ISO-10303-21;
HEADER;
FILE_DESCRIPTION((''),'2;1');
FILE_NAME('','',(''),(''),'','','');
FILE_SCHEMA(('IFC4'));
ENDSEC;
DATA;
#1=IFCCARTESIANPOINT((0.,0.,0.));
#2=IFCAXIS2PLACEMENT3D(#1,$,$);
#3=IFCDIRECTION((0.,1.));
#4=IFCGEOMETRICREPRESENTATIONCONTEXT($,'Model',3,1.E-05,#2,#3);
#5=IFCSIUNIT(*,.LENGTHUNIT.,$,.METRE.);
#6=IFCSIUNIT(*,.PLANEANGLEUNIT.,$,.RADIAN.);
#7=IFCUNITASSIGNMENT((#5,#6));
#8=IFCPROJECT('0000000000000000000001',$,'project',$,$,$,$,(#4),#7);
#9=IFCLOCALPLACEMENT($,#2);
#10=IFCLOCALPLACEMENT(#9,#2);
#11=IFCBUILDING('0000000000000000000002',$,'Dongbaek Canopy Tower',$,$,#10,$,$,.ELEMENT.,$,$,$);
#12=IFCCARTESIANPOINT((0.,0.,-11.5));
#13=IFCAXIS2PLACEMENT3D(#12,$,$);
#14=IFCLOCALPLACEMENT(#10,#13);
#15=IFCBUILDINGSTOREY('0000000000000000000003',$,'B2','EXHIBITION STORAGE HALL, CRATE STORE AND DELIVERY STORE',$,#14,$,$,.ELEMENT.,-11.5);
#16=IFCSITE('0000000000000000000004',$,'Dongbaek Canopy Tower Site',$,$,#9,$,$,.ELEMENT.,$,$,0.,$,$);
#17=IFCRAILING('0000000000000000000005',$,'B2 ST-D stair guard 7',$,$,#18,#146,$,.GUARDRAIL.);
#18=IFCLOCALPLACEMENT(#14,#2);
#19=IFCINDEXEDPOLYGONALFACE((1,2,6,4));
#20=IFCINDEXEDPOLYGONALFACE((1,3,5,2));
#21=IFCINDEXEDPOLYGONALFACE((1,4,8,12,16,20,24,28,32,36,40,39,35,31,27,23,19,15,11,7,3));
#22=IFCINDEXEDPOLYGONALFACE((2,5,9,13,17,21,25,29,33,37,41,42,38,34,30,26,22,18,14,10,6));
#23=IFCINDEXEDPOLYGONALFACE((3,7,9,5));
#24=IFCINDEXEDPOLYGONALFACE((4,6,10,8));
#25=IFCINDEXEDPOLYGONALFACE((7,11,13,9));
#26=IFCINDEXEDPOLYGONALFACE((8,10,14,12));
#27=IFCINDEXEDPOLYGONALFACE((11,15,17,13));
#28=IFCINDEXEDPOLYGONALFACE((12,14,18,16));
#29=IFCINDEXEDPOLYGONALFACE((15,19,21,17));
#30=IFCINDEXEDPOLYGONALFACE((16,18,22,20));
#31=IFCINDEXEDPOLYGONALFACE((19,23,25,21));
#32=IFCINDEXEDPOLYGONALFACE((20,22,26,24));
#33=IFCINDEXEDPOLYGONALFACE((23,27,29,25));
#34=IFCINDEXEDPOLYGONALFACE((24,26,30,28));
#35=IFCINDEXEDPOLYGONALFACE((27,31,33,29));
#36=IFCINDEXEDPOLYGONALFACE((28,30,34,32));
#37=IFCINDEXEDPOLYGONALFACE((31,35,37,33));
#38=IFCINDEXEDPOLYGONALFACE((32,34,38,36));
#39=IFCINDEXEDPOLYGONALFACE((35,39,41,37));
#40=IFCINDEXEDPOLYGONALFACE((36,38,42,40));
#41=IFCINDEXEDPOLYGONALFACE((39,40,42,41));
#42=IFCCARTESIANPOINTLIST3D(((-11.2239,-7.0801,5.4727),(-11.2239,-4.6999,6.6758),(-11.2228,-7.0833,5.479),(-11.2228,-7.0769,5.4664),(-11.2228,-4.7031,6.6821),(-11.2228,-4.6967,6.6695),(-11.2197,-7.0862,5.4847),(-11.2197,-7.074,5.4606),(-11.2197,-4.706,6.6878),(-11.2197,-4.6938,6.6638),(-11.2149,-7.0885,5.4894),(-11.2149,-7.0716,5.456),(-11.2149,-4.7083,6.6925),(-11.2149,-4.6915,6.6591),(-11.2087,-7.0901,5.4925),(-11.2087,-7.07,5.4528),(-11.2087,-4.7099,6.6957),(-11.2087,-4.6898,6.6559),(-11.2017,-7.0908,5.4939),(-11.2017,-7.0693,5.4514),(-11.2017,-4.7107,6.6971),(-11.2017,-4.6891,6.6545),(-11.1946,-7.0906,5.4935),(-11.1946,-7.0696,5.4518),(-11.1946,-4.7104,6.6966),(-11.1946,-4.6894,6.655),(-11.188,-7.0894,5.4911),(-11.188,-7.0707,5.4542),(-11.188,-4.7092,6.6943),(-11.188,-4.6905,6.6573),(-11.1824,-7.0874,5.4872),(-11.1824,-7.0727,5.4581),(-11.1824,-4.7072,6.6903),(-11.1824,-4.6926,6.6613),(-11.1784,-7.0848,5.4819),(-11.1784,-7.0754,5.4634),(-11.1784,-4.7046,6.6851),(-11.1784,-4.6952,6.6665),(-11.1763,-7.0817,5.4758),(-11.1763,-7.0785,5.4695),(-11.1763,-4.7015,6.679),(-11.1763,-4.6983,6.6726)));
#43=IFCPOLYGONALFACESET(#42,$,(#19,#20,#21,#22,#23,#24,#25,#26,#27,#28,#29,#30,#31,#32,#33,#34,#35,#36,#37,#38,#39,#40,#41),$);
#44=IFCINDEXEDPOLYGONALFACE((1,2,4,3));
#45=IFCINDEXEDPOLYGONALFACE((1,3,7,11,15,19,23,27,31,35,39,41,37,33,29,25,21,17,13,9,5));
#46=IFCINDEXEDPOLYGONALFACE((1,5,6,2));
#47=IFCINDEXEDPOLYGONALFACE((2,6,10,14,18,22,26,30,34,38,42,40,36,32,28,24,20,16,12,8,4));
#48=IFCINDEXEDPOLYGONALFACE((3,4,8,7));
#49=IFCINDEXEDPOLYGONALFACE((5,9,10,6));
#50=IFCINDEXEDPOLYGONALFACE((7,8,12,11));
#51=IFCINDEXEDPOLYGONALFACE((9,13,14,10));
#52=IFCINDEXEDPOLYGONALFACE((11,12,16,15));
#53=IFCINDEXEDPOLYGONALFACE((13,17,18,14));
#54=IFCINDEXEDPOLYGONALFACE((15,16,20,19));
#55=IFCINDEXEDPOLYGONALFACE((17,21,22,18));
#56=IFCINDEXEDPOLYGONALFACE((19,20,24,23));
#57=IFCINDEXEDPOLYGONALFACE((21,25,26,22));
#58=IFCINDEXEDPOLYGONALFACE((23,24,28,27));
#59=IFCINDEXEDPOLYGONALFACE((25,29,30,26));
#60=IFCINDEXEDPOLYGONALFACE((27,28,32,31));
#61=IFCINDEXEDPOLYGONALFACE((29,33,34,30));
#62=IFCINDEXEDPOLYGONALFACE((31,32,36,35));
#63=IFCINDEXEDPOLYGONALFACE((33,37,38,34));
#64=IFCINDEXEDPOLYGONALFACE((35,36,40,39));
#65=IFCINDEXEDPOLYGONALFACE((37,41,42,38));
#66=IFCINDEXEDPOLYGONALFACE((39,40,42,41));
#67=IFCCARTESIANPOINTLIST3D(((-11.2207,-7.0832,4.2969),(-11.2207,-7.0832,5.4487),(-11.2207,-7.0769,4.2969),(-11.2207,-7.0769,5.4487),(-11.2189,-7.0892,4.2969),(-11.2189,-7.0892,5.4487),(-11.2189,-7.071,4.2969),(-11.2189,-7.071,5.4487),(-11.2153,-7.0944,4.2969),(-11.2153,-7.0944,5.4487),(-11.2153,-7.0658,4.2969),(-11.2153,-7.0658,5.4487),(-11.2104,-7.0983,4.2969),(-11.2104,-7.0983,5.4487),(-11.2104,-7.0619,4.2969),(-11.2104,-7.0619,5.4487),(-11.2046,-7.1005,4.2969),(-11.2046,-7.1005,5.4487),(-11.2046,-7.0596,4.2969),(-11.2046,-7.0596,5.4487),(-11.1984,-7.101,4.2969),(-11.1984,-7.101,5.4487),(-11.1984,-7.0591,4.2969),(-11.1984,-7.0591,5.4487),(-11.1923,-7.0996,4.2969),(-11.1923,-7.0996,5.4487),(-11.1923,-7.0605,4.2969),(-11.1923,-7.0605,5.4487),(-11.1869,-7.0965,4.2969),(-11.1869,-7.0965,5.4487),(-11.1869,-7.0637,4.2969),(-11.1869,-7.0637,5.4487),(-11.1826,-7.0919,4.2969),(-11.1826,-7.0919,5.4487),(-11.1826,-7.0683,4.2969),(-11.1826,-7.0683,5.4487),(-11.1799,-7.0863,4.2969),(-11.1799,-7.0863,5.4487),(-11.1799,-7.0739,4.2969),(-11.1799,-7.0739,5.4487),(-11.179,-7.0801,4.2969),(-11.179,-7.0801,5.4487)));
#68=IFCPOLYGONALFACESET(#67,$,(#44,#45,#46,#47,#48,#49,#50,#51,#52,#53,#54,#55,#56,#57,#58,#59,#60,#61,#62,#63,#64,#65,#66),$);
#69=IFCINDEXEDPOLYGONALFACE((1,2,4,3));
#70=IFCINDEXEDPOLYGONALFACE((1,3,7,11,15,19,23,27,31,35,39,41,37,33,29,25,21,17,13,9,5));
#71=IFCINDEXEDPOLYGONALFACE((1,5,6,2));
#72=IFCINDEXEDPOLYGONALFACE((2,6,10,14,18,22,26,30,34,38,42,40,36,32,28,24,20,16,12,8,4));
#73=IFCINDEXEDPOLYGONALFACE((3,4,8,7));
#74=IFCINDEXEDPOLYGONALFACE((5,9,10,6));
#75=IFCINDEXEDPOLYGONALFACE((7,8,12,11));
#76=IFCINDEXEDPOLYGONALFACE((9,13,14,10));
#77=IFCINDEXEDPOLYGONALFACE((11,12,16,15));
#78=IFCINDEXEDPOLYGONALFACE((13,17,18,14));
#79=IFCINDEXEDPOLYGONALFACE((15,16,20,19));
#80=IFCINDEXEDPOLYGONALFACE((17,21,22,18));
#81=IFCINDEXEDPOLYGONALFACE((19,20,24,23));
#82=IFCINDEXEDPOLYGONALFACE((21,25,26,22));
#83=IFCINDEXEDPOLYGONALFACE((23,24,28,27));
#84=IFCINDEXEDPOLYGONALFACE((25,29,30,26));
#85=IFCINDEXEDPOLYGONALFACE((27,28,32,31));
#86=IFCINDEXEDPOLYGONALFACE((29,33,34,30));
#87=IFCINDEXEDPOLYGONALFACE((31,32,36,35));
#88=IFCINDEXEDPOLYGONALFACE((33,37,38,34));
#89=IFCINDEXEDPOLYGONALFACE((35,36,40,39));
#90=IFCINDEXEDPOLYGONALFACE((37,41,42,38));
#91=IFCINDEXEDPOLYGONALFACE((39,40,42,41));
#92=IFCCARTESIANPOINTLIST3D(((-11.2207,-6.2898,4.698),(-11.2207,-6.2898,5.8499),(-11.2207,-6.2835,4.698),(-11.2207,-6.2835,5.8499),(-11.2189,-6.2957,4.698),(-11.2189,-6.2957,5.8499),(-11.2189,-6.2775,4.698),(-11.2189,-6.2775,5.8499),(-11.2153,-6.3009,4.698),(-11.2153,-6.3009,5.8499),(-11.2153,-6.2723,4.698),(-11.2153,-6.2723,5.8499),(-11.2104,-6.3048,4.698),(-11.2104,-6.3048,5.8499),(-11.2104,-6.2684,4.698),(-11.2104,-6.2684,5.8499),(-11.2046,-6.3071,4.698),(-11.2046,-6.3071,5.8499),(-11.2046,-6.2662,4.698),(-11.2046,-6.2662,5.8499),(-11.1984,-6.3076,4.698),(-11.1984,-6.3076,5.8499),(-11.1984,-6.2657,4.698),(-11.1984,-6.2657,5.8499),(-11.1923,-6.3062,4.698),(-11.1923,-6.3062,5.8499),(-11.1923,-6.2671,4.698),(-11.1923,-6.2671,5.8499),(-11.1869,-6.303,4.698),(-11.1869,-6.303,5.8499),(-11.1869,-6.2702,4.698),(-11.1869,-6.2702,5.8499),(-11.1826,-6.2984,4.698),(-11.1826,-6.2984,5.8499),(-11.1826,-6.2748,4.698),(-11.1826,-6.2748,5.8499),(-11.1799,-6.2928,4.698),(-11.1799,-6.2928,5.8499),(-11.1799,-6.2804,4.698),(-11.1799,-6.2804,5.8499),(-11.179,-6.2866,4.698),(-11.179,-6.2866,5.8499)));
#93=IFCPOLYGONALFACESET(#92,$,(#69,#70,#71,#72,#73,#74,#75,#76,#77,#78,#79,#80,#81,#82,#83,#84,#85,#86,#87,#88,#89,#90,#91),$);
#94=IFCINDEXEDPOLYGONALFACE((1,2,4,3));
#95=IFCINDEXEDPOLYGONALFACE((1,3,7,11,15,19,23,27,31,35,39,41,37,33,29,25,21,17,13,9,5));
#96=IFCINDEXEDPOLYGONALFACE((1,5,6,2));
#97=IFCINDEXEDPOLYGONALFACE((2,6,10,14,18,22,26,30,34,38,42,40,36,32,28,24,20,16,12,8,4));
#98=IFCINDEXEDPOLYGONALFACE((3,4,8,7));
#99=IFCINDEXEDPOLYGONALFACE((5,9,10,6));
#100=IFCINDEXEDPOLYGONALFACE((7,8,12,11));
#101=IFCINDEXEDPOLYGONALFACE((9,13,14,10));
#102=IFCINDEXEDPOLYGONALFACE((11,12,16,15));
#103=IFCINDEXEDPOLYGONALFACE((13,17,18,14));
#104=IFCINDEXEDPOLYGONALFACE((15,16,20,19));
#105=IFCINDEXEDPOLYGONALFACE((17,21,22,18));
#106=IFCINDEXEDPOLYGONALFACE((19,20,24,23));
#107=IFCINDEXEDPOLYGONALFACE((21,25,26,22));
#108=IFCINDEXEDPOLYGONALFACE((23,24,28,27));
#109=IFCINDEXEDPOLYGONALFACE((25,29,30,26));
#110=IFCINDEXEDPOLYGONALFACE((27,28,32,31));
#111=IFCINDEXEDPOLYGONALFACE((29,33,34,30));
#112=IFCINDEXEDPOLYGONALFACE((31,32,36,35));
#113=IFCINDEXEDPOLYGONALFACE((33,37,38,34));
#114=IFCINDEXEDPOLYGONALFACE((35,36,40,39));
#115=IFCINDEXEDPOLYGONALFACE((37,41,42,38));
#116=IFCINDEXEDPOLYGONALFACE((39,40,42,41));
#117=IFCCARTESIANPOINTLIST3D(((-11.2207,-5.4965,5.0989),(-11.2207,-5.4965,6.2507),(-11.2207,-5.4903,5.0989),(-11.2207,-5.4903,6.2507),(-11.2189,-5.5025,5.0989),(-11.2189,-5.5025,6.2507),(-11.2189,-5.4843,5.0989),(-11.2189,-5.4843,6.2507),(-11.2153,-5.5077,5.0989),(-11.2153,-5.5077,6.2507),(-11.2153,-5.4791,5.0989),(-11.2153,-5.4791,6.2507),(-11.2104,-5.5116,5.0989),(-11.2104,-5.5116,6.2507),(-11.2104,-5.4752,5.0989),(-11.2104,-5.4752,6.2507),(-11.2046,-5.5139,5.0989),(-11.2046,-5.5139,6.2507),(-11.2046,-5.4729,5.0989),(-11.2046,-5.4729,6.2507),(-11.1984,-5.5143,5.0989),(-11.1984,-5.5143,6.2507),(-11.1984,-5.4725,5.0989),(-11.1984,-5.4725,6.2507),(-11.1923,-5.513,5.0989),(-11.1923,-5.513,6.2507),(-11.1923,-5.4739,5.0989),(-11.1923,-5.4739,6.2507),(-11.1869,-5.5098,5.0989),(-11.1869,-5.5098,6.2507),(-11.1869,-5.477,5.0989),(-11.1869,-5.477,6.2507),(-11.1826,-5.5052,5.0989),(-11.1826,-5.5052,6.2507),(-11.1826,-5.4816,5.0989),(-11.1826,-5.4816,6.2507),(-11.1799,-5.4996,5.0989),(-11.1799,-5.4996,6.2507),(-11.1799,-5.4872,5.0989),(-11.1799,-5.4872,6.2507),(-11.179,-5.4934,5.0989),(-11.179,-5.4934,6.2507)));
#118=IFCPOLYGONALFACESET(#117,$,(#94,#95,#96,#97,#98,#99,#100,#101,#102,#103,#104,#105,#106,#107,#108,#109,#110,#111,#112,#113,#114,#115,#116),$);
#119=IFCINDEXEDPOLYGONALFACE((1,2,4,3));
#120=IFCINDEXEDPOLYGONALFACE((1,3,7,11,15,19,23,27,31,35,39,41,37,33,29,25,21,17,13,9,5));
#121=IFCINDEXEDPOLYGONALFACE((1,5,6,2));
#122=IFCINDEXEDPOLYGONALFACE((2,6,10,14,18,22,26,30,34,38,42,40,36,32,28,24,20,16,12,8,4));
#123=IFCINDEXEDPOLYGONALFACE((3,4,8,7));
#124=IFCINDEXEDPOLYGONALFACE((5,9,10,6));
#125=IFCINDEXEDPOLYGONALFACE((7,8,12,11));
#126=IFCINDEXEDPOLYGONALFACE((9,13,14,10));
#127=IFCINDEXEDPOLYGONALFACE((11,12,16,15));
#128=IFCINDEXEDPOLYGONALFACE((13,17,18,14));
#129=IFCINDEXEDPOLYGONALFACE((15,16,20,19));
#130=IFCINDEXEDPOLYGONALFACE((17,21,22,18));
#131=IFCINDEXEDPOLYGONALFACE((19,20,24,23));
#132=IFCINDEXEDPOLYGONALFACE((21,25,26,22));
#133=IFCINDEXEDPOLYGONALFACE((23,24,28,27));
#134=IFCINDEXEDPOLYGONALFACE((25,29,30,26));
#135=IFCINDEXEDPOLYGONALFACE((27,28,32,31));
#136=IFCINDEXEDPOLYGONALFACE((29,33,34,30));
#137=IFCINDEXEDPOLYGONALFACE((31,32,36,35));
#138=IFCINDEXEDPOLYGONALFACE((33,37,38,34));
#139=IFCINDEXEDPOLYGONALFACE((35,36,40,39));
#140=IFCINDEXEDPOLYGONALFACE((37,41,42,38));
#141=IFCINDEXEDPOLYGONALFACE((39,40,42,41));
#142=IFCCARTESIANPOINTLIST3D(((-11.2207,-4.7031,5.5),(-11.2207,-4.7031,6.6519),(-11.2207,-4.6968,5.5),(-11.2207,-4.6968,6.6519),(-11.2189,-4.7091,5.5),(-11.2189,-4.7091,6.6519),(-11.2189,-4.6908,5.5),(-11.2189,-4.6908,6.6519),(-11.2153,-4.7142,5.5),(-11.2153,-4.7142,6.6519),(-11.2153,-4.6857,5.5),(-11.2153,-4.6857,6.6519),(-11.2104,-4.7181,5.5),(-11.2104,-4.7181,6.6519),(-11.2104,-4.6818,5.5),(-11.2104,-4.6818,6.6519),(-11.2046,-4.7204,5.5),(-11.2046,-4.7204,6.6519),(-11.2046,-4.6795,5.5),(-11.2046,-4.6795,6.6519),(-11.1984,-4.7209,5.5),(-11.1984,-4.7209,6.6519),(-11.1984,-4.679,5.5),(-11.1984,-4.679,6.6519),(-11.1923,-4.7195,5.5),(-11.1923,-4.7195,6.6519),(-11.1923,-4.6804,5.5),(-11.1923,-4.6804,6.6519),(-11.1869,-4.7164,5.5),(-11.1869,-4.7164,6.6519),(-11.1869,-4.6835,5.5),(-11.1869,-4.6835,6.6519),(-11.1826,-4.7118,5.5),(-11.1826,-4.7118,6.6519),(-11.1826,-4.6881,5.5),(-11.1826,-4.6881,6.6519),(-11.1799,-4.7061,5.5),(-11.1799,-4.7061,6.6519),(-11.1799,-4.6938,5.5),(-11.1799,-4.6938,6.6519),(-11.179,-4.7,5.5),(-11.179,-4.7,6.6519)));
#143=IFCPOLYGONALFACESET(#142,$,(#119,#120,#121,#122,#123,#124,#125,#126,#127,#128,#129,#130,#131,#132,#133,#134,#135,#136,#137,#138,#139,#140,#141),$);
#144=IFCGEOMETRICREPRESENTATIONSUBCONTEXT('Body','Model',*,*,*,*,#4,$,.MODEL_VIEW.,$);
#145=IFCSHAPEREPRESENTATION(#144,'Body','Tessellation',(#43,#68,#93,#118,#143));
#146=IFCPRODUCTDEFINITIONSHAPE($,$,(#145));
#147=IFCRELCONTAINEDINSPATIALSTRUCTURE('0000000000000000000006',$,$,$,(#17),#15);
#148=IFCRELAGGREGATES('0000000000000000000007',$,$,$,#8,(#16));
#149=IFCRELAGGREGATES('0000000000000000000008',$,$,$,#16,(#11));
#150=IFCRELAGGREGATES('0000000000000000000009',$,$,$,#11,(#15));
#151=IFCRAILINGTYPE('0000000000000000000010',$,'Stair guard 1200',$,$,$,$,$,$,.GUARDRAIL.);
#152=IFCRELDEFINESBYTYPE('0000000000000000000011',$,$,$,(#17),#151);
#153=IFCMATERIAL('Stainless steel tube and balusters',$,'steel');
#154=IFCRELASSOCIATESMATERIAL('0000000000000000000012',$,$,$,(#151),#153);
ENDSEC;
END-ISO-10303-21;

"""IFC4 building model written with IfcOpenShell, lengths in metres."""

from ifc_helpers import new_model, si_unit, direction, frame, origin, origin_2d, place, context, subcontext, project, spatial, circle, extrude, material, type_object, element, save


model = new_model("IFC4")

# Units and contexts
model_context = context("Model", 3, precision=1e-05, world=origin(), true_north=direction((0.0, 1.0)))
body_context = subcontext(model_context, "Body", "Model", "MODEL_VIEW")
ifc_project = project(units=[si_unit("LENGTHUNIT", "METRE"), si_unit("PLANEANGLEUNIT", "RADIAN")], contexts=[model_context])

# Site, building, storey
site_placement = place(None, origin())
site = spatial("IfcSite", under=ifc_project, at=site_placement, Name="Dongbaek Canopy Tower Site", CompositionType="ELEMENT", RefElevation=0.0)
building_placement = place(site_placement, origin())
building = spatial("IfcBuilding", under=site, at=building_placement, Name="Dongbaek Canopy Tower", CompositionType="ELEMENT")
storey_placement = place(building_placement, frame((0.0, 0.0, -11.5)))
storey = spatial("IfcBuildingStorey", under=building, at=storey_placement, Name="B2", Description="EXHIBITION STORAGE HALL, CRATE STORE AND DELIVERY STORE", CompositionType="ELEMENT", Elevation=-11.5)

# Railing
ifc_material_1 = material(Name="Stainless steel tube and balusters", Category="steel")
railing_type_1 = type_object("IfcRailingType", Name="Stair guard 1200", PredefinedType="GUARDRAIL", material=ifc_material_1)
railing_1_placement = place(storey_placement, frame((-11.2, -7.0801, 4.2969)))
element("IfcRailing", 1, at=railing_1_placement, inside=storey, type_object=railing_type_1, Name="B2 ST-D stair guard 7", PredefinedType="GUARDRAIL", context=body_context, shape_type="SweptSolid", body=[
    extrude(circle(Radius=0.0239, at=origin_2d()), frame((0.0, 0.0, 1.1758), z_axis=(0.0, 0.89246, 0.451127), x_axis=(-1.0, 0.0, 0.0)), (0.0, 0.0, 1.0), 2.667),
    extrude(circle(Radius=0.021, at=origin_2d()), origin(), (0.0, 0.0, 1.0), 1.1519),
    extrude(circle(Radius=0.021, at=origin_2d()), frame((0.0, 0.7935, 0.4011)), (0.0, 0.0, 1.0), 1.1519),
    extrude(circle(Radius=0.021, at=origin_2d()), frame((0.0, 1.5867, 0.802)), (0.0, 0.0, 1.0), 1.1519),
    extrude(circle(Radius=0.021, at=origin_2d()), frame((0.0, 2.3801, 1.2031)), (0.0, 0.0, 1.0), 1.1519),
])

save(model, "model.ifc")
